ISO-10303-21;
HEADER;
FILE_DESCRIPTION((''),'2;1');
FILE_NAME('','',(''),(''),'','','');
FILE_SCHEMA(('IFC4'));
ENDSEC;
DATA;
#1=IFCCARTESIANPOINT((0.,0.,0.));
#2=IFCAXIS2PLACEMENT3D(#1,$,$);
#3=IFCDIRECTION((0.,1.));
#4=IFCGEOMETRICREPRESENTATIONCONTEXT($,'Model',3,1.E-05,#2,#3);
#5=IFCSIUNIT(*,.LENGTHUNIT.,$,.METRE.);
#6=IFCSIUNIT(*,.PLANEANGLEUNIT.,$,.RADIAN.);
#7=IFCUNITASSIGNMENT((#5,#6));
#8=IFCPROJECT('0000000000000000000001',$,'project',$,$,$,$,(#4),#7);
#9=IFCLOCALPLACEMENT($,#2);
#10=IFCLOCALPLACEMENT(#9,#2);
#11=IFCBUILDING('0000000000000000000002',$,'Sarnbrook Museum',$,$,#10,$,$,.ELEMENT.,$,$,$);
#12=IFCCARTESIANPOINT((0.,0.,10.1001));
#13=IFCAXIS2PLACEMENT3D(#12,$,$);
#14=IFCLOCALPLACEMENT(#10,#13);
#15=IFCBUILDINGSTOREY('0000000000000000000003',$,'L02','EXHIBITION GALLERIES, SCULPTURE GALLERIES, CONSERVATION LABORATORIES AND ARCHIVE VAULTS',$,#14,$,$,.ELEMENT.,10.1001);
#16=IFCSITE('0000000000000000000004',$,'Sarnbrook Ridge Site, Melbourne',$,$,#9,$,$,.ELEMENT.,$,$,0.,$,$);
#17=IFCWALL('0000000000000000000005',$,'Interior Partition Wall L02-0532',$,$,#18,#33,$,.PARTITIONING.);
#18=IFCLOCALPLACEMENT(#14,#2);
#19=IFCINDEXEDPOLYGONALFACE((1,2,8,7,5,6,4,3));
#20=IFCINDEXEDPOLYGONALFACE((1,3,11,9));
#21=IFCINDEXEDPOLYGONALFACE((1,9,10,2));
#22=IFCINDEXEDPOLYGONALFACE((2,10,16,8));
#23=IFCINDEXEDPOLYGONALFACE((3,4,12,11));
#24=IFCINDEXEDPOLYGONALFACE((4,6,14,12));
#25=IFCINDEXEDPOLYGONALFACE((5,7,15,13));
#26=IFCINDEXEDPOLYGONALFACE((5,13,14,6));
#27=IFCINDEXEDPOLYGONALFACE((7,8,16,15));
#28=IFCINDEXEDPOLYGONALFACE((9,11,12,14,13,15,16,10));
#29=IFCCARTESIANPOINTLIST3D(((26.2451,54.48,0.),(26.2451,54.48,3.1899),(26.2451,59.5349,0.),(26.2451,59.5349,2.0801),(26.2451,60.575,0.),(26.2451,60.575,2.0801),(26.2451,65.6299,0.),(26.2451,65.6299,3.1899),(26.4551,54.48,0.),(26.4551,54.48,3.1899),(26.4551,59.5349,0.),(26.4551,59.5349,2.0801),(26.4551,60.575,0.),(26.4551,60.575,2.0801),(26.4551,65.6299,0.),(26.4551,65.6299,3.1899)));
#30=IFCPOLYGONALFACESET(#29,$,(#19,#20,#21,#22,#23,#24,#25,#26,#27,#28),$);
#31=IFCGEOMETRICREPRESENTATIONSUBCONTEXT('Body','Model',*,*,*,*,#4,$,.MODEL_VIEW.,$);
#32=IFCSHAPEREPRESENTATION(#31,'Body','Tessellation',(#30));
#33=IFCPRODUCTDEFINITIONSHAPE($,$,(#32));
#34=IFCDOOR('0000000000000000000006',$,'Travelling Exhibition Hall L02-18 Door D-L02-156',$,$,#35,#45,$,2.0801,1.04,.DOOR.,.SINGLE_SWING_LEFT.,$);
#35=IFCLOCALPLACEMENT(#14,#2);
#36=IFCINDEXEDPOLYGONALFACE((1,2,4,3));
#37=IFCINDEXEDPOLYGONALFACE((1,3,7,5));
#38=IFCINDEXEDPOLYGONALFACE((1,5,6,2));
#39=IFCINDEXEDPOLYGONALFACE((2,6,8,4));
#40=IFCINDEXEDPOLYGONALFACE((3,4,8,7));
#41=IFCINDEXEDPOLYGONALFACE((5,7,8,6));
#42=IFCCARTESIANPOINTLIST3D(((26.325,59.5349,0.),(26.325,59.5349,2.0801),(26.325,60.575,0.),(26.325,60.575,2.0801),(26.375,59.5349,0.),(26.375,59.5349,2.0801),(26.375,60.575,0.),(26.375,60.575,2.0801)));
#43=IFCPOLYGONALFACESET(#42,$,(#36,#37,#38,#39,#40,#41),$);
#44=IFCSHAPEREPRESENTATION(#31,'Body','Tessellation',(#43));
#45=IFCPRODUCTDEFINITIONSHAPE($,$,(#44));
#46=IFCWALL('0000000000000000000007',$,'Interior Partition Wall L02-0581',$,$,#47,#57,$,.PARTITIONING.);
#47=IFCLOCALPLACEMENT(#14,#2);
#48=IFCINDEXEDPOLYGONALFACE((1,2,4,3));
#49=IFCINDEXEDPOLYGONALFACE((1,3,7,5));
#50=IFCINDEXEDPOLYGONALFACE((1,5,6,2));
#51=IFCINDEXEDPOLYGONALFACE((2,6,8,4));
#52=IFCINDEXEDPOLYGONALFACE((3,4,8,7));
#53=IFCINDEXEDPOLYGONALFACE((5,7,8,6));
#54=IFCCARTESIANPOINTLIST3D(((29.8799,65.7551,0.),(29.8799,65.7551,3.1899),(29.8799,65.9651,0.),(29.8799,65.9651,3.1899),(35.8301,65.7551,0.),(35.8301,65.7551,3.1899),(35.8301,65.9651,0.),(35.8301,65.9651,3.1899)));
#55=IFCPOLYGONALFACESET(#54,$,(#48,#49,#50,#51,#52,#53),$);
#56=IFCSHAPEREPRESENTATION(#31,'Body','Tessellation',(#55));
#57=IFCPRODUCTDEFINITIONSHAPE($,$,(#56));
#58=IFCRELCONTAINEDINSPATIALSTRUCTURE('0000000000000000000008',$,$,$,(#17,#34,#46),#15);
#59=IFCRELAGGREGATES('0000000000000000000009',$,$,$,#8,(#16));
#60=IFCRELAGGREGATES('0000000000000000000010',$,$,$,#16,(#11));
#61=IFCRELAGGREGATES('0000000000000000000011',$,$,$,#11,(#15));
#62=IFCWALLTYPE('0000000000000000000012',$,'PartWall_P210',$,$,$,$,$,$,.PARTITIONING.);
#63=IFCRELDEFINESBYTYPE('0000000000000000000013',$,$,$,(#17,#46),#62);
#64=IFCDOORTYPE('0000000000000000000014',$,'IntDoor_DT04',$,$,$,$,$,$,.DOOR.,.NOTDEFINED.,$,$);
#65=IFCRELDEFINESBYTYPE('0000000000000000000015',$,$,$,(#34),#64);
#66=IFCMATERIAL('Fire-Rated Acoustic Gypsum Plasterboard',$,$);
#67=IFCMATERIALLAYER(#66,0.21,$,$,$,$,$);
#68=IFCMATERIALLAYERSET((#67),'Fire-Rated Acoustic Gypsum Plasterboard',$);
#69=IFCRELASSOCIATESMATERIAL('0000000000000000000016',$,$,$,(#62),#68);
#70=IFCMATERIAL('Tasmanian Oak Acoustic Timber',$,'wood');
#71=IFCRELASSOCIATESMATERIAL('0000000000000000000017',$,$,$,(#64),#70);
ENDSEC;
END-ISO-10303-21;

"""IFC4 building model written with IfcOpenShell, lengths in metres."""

from ifc_helpers import new_model, si_unit, direction, frame, frame_2d, origin, place, context, subcontext, project, spatial, rectangle, extrude, material, layer, layer_set, type_object, element, fill, save


model = new_model("IFC4")

# Units and contexts
model_context = context("Model", 3, precision=1e-05, world=origin(), true_north=direction((0.0, 1.0)))
body_context = subcontext(model_context, "Body", "Model", "MODEL_VIEW")
ifc_project = project(units=[si_unit("LENGTHUNIT", "METRE"), si_unit("PLANEANGLEUNIT", "RADIAN")], contexts=[model_context])

# Site, building, storey
site_placement = place(None, origin())
site = spatial("IfcSite", under=ifc_project, at=site_placement, Name="Sarnbrook Ridge Site, Melbourne", CompositionType="ELEMENT", RefElevation=0.0)
building_placement = place(site_placement, origin())
building = spatial("IfcBuilding", under=site, at=building_placement, Name="Sarnbrook Museum", CompositionType="ELEMENT")
storey_placement = place(building_placement, frame((0.0, 0.0, 10.1001)))
storey = spatial("IfcBuildingStorey", under=building, at=storey_placement, Name="L02", Description="EXHIBITION GALLERIES, SCULPTURE GALLERIES, CONSERVATION LABORATORIES AND ARCHIVE VAULTS", CompositionType="ELEMENT", Elevation=10.1001)

# Shared definitions
ifc_material_1 = material(Name="Fire-Rated Acoustic Gypsum Plasterboard")

# Wall, opening, door
ifc_layer_1 = layer(ifc_material_1, 0.21)
ifc_layer_set_1 = layer_set([ifc_layer_1], Name="Fire-Rated Acoustic Gypsum Plasterboard")
wall_type_1 = type_object("IfcWallType", Name="PartWall_P210", PredefinedType="PARTITIONING", material=ifc_layer_set_1)
wall_1_placement = place(storey_placement, frame((26.3501, 65.6299, 0.0), z_axis=(0.0, 0.0, 1.0), x_axis=(0.0, -1.0, 0.0)))
wall_1 = element("IfcWall", 1, at=wall_1_placement, inside=storey, type_object=wall_type_1, Name="Interior Partition Wall L02-0532", PredefinedType="PARTITIONING", context=body_context, shape_type="SweptSolid", body=[
    extrude(rectangle(XDim=11.1499, YDim=0.21, at=frame_2d((5.575, 0.0))), origin(), (0.0, 0.0, 1.0), 3.1899),
])
opening_placement = place(wall_1_placement, frame((5.0549, 0.0, 0.0)))
opening = element("IfcOpeningElement", 2, at=opening_placement, cuts=wall_1, PredefinedType="OPENING", context=body_context, shape_type="SweptSolid", body=[
    extrude(rectangle(XDim=1.04, YDim=2.0801, at=frame_2d((0.52, 1.04))), frame((0.0, 0.115, 0.0), z_axis=(0.0, -1.0, 0.0), x_axis=(1.0, 0.0, 0.0)), (0.0, 0.0, 1.0), 0.23),
])
ifc_material_2 = material(Name="Tasmanian Oak Acoustic Timber", Category="wood")
door_type = type_object("IfcDoorType", Name="IntDoor_DT04", OperationType="NOTDEFINED", PredefinedType="DOOR", material=ifc_material_2)
door_placement = place(opening_placement, origin())
door = element("IfcDoor", 3, at=door_placement, inside=storey, type_object=door_type, Name="Travelling Exhibition Hall L02-18 Door D-L02-156", OperationType="SINGLE_SWING_LEFT", OverallHeight=2.0801, OverallWidth=1.04, PredefinedType="DOOR", context=body_context, shape_type="SweptSolid", body=[
    extrude(rectangle(XDim=1.04, YDim=2.0801, at=frame_2d((0.52, 1.04))), frame((0.0, 0.0249, 0.0), z_axis=(0.0, -1.0, 0.0), x_axis=(1.0, 0.0, 0.0)), (0.0, 0.0, 1.0), 0.05),
])
fill(opening, door)

# Wall
wall_2_placement = place(storey_placement, frame((29.8799, 65.8601, 0.0), z_axis=(0.0, 0.0, 1.0), x_axis=(1.0, 0.0, 0.0)))
element("IfcWall", 4, at=wall_2_placement, inside=storey, type_object=wall_type_1, Name="Interior Partition Wall L02-0581", PredefinedType="PARTITIONING", context=body_context, shape_type="SweptSolid", body=[
    extrude(rectangle(XDim=5.9502, YDim=0.21, at=frame_2d((2.9751, 0.0))), origin(), (0.0, 0.0, 1.0), 3.1899),
])

save(model, "model.ifc")
